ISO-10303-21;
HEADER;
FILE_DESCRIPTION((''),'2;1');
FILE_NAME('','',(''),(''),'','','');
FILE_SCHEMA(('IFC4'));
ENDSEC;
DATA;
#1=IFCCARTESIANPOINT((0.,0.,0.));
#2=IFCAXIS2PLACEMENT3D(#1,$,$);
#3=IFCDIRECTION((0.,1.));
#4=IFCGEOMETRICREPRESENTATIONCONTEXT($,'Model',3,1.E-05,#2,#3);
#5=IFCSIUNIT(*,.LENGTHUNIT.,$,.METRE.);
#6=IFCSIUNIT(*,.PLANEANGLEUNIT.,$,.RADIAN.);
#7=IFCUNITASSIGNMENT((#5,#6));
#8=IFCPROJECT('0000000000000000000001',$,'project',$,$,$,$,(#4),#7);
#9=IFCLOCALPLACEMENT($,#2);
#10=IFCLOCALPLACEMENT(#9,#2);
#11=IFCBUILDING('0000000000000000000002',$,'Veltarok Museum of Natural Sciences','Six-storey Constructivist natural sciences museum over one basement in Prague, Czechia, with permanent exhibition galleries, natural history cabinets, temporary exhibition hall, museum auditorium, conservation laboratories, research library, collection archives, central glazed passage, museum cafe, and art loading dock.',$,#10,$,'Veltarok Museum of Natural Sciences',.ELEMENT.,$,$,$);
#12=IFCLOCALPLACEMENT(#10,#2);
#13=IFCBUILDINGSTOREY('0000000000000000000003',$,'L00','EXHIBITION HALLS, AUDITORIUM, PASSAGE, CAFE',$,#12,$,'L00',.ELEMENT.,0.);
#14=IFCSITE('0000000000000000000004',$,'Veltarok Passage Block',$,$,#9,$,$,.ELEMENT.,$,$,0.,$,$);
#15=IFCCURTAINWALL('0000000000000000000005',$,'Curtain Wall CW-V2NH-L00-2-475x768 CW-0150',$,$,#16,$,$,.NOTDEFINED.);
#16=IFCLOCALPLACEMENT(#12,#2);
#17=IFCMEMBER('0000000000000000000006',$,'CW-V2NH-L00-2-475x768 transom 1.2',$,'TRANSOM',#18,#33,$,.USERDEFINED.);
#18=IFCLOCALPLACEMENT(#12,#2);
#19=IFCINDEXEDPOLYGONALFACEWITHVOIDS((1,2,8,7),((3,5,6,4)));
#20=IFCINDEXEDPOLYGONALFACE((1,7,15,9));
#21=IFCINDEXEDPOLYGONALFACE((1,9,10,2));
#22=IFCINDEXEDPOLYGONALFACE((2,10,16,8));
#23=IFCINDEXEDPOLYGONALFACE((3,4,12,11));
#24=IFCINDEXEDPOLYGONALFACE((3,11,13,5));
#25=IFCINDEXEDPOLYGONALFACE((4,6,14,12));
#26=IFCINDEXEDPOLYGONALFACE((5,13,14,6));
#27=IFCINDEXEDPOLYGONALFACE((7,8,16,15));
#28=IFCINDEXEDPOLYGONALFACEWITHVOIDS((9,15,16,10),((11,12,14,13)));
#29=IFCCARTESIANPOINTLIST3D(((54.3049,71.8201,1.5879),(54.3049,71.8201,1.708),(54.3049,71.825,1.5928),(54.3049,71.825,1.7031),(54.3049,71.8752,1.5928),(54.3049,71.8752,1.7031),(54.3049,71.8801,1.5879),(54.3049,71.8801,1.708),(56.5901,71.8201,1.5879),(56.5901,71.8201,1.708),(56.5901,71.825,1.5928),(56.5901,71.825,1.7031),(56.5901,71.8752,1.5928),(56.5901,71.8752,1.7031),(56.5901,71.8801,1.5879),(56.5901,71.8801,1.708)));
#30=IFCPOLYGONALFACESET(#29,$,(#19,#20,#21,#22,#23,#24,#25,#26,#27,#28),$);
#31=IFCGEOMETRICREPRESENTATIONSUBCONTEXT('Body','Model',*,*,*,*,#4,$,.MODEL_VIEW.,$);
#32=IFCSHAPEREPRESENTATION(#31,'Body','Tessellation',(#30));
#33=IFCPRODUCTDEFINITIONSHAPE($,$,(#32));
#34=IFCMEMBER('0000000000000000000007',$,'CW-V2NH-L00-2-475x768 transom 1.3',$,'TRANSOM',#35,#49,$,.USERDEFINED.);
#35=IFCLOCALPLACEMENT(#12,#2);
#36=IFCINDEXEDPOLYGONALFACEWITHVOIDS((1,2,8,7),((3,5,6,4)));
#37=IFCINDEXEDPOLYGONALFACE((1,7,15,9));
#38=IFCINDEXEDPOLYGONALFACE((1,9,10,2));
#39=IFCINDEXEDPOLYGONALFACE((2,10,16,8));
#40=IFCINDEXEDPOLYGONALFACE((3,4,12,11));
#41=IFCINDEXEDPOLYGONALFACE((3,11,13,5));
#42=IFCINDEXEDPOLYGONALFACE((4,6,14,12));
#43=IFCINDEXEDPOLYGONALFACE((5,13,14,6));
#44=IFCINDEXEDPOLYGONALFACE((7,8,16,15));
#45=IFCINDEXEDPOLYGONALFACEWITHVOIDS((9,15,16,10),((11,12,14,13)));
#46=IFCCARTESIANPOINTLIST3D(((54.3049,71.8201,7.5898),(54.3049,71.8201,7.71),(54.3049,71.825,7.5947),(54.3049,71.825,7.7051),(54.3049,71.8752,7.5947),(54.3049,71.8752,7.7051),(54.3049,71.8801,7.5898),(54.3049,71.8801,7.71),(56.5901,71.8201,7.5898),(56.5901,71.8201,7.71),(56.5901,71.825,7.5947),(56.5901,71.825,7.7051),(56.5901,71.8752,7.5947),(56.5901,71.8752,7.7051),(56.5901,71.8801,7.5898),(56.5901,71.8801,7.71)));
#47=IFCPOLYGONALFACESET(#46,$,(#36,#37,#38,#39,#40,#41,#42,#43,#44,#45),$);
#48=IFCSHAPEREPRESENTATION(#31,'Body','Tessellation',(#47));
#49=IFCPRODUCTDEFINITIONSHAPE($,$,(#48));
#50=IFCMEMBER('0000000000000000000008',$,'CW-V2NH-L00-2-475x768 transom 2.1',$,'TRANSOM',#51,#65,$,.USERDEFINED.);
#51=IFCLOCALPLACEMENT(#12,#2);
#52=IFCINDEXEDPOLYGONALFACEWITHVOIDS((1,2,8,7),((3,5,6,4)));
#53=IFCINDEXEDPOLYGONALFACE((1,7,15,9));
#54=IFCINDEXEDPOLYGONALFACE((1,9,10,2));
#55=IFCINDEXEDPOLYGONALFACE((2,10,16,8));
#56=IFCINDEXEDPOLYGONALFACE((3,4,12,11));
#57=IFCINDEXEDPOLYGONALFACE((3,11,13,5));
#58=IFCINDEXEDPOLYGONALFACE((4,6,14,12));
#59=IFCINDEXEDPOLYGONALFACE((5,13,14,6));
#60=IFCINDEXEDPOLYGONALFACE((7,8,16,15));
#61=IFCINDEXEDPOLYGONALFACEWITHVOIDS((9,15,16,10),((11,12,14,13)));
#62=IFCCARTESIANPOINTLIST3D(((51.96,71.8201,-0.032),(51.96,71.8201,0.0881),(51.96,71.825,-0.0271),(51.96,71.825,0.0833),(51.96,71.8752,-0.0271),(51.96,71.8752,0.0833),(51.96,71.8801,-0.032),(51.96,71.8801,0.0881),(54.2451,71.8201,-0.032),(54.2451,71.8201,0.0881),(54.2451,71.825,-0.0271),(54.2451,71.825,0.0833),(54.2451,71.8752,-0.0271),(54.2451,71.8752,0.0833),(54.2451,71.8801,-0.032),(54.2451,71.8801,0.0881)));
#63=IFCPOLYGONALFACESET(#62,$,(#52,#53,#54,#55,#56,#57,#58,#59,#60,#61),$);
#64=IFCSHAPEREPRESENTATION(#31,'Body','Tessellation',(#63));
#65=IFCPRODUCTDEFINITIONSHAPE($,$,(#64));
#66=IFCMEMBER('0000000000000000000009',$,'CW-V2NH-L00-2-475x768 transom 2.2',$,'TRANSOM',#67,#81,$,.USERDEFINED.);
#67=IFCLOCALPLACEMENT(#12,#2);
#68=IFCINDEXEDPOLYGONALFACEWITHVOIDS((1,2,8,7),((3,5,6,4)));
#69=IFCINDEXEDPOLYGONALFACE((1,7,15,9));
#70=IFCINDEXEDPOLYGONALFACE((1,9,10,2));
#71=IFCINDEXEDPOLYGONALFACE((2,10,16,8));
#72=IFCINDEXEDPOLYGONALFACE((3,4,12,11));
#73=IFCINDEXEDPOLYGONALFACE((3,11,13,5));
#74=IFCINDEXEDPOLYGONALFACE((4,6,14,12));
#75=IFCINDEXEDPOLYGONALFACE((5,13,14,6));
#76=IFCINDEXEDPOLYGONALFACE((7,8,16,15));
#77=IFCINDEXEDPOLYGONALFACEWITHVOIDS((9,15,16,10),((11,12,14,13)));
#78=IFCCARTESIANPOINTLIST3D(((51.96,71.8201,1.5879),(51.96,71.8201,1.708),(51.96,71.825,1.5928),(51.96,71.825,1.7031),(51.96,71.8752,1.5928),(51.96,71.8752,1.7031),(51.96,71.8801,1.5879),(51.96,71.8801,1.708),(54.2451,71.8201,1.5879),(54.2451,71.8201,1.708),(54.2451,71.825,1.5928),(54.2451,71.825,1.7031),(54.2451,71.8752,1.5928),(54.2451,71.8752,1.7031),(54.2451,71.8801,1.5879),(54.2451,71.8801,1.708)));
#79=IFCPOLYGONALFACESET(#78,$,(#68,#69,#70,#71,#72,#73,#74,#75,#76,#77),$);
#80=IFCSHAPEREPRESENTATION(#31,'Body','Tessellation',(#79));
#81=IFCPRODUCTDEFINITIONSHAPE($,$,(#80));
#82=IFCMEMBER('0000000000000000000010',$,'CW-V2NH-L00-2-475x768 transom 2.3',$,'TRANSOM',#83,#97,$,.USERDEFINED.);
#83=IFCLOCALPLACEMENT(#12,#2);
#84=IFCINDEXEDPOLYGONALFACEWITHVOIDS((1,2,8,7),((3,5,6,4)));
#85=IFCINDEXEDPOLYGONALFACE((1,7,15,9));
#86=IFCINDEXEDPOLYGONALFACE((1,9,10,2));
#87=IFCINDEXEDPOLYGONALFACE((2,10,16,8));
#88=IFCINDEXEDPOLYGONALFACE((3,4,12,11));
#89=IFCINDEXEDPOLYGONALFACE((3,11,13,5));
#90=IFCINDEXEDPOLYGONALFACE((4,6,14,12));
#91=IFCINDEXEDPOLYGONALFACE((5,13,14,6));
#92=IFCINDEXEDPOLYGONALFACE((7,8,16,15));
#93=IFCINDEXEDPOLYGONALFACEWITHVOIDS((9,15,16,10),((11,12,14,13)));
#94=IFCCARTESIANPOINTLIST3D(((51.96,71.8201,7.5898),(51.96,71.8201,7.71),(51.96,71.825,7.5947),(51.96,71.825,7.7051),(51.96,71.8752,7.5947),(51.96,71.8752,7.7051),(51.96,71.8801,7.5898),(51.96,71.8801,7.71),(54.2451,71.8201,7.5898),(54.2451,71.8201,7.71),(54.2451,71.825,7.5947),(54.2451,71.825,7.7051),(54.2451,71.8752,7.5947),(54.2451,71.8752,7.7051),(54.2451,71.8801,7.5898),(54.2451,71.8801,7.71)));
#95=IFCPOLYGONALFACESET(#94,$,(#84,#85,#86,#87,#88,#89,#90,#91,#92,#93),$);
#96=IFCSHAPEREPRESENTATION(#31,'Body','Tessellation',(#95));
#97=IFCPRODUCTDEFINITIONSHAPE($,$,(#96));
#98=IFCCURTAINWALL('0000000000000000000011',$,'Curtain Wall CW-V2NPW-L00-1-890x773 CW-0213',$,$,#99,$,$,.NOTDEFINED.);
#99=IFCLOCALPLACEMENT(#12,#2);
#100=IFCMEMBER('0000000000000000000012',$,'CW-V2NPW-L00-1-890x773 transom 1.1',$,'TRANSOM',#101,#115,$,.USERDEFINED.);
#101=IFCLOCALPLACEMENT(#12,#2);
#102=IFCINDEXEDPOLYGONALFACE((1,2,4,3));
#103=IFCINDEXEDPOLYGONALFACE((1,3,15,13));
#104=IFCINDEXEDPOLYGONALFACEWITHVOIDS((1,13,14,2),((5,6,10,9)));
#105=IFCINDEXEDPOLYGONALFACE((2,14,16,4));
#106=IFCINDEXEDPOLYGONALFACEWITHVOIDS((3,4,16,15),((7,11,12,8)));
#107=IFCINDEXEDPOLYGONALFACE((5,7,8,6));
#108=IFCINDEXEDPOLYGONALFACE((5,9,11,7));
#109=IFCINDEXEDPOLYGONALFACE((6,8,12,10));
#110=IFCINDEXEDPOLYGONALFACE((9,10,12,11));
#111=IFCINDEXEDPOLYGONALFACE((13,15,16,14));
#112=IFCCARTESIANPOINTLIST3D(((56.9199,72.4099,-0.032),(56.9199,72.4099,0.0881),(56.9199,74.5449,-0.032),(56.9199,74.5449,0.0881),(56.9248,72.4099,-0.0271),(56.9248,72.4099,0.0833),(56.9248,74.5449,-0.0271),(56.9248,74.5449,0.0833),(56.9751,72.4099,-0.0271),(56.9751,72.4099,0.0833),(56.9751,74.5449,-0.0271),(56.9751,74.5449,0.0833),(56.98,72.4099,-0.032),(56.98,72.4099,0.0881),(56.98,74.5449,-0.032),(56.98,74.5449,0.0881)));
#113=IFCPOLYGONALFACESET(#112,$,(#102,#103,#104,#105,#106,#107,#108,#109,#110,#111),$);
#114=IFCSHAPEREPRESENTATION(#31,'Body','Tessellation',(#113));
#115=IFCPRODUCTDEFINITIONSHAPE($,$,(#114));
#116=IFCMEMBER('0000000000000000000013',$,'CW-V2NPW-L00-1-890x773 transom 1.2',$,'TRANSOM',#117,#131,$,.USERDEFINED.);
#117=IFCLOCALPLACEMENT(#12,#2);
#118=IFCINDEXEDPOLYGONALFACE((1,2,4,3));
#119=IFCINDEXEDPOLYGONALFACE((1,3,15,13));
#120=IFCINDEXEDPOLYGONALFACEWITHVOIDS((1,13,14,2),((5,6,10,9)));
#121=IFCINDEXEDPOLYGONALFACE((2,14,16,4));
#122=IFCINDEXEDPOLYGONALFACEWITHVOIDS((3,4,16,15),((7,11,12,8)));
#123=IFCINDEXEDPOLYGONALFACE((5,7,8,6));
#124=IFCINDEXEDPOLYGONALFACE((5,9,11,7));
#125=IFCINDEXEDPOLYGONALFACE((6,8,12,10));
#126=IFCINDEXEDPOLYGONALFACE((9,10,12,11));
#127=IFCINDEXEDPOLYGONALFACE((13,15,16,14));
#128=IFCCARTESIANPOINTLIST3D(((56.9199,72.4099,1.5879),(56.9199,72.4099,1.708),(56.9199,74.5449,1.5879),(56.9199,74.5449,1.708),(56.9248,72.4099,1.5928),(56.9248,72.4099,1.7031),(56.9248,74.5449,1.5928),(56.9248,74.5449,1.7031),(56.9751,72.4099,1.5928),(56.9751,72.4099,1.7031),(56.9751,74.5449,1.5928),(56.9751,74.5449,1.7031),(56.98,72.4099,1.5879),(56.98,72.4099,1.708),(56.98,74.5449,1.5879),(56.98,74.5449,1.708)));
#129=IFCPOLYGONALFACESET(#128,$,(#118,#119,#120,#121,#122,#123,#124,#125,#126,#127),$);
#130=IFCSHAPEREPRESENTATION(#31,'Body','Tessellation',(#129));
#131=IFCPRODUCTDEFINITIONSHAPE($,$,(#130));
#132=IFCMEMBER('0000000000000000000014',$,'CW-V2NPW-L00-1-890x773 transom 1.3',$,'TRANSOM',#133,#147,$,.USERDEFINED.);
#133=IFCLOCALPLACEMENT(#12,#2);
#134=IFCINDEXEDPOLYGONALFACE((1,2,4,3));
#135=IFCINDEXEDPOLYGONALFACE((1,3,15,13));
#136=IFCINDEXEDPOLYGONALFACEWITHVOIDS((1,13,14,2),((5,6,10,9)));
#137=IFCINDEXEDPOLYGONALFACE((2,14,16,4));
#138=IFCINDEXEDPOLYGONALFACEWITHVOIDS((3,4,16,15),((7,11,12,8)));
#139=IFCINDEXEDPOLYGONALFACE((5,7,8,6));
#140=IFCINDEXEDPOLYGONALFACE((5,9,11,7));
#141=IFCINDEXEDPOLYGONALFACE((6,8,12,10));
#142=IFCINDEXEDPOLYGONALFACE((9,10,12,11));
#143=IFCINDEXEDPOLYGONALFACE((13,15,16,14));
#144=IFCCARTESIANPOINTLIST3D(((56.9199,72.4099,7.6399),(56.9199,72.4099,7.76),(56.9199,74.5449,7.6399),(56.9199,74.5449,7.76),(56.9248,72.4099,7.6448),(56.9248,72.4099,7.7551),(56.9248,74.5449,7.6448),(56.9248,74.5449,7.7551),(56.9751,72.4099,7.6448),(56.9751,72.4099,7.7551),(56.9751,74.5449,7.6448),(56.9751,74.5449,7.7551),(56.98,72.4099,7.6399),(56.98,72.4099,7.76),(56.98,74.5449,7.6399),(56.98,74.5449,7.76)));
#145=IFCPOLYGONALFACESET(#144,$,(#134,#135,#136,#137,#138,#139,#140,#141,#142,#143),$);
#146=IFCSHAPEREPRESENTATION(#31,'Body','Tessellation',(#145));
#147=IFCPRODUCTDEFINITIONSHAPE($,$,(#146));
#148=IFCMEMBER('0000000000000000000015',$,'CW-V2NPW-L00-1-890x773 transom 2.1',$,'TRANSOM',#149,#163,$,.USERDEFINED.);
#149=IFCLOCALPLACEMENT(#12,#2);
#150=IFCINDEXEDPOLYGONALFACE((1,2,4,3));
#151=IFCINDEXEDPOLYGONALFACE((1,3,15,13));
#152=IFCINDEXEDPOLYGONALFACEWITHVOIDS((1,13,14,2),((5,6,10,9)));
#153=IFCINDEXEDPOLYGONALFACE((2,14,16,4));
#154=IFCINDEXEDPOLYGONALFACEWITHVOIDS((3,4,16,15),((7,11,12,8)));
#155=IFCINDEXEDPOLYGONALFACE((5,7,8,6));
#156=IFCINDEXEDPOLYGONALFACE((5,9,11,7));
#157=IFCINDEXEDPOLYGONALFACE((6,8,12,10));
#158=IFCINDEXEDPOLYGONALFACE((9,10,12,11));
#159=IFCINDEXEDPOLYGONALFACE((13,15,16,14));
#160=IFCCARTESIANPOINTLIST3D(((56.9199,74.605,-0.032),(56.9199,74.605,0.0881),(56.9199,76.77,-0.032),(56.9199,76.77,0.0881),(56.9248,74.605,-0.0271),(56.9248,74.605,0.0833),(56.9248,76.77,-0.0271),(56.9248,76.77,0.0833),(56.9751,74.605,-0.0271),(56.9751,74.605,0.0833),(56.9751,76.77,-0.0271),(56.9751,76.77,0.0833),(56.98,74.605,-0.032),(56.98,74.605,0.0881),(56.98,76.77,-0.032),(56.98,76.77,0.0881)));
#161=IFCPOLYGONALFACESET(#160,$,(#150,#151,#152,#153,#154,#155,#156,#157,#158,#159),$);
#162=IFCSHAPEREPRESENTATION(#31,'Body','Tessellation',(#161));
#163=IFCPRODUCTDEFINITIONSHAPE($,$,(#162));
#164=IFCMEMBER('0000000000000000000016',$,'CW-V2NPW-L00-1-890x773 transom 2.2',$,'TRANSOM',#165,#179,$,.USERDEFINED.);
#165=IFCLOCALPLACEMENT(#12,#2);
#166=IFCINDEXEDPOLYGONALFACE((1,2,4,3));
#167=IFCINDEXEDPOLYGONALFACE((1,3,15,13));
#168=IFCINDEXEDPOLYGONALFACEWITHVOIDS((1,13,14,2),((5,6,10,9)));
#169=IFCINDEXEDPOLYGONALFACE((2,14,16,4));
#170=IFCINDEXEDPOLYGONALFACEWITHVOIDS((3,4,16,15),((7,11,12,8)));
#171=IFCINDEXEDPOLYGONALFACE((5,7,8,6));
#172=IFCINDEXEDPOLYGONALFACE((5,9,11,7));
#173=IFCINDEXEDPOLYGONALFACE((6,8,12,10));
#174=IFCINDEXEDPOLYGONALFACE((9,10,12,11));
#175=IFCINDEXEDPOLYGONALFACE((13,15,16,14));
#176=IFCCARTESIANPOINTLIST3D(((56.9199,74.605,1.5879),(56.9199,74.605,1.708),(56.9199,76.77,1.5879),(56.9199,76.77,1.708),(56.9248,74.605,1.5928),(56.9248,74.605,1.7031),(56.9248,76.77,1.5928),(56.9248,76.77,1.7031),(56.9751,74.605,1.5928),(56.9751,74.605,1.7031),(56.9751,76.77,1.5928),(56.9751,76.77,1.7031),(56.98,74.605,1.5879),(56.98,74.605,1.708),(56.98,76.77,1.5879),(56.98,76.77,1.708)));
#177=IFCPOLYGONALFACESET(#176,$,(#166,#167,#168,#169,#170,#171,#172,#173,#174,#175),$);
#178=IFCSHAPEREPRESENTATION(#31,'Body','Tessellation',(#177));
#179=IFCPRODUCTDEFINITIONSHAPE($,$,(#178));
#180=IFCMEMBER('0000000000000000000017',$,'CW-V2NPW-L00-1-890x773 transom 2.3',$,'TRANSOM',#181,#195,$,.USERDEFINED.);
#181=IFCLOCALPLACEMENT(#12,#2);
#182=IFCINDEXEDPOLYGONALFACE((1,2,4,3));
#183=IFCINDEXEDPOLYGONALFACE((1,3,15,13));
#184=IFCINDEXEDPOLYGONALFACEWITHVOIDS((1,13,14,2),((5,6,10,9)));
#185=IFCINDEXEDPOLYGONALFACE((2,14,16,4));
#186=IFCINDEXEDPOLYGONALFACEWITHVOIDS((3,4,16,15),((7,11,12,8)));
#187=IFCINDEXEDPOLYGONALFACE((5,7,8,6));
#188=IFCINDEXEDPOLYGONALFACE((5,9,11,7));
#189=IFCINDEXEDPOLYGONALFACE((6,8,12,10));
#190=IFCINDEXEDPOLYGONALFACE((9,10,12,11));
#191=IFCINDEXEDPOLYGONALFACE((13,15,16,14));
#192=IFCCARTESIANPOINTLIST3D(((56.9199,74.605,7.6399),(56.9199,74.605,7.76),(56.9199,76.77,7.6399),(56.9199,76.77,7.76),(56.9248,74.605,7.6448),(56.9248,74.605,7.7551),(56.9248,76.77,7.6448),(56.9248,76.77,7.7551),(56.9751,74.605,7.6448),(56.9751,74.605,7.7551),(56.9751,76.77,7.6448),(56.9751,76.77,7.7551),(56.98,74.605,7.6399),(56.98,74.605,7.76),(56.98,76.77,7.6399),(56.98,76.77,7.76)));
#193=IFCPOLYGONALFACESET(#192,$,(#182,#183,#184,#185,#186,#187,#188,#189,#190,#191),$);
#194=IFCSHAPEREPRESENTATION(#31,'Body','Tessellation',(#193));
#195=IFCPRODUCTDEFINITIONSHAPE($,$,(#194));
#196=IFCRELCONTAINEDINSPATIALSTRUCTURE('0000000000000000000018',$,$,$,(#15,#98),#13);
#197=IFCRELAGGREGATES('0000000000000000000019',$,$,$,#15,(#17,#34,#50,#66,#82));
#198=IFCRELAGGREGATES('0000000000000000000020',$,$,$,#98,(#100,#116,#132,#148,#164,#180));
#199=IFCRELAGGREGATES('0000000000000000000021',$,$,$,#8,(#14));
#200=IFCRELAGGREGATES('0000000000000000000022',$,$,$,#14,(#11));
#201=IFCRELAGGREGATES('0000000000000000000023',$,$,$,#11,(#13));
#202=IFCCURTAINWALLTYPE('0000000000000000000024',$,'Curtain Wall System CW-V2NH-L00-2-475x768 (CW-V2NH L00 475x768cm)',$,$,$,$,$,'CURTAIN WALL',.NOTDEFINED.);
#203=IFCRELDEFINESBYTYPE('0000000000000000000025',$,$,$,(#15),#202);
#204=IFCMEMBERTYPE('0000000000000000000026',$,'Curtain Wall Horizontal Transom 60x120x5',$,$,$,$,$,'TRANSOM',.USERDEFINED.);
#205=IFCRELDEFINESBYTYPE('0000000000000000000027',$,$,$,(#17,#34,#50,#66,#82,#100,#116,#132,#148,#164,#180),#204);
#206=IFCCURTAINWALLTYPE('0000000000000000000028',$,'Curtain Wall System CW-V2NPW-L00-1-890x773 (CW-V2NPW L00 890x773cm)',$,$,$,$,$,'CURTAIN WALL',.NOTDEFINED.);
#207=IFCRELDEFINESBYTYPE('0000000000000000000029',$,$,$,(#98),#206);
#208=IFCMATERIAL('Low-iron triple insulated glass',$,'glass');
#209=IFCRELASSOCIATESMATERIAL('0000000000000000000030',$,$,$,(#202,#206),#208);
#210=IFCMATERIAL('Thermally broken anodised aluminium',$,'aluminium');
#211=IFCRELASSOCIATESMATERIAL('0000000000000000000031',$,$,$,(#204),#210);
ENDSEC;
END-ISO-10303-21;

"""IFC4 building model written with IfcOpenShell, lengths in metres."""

from ifc_helpers import new_model, si_unit, direction, frame, origin, origin_2d, place, context, subcontext, project, spatial, hollow_rectangle, extrude, material, material_profile, profile_set, type_object, element, aggregate, save


model = new_model("IFC4")

# Units and contexts
model_context = context("Model", 3, precision=1e-05, world=origin(), true_north=direction((0.0, 1.0)))
body_context = subcontext(model_context, "Body", "Model", "MODEL_VIEW")
ifc_project = project(units=[si_unit("LENGTHUNIT", "METRE"), si_unit("PLANEANGLEUNIT", "RADIAN")], contexts=[model_context])

# Site, building, storey
site_placement = place(None, origin())
site = spatial("IfcSite", under=ifc_project, at=site_placement, Name="Veltarok Passage Block", CompositionType="ELEMENT", RefElevation=0.0)
building_placement = place(site_placement, origin())
building = spatial("IfcBuilding", under=site, at=building_placement, Name="Veltarok Museum of Natural Sciences", Description="Six-storey Constructivist natural sciences museum over one basement in Prague, Czechia, with permanent exhibition galleries, natural history cabinets, temporary exhibition hall, museum auditorium, conservation laboratories, research library, collection archives, central glazed passage, museum cafe, and art loading dock.", LongName="Veltarok Museum of Natural Sciences", CompositionType="ELEMENT")
storey_placement = place(building_placement, origin())
storey = spatial("IfcBuildingStorey", under=building, at=storey_placement, Name="L00", Description="EXHIBITION HALLS, AUDITORIUM, PASSAGE, CAFE", LongName="L00", CompositionType="ELEMENT", Elevation=0.0)

# Curtain walls, members
ifc_material_1 = material(Name="Low-iron triple insulated glass", Category="glass")
curtain_wall_type_1 = type_object("IfcCurtainWallType", Name="Curtain Wall System CW-V2NH-L00-2-475x768 (CW-V2NH L00 475x768cm)", ElementType="CURTAIN WALL", PredefinedType="NOTDEFINED", material=ifc_material_1)
curtain_wall_1_placement = place(storey_placement, origin())
curtain_wall_1 = element("IfcCurtainWall", 1, at=curtain_wall_1_placement, inside=storey, type_object=curtain_wall_type_1, Name="Curtain Wall CW-V2NH-L00-2-475x768 CW-0150", PredefinedType="NOTDEFINED")
ifc_material_2 = material(Name="Thermally broken anodised aluminium", Category="aluminium")
ifc_material_profile_1 = material_profile(ifc_material_2, hollow_rectangle(XDim=0.0601, YDim=0.1201, WallThickness=0.0049, at=origin_2d()), Name="CW TRANSOM 60x120x5")
ifc_profile_set_1 = profile_set([ifc_material_profile_1], Name="Thermally broken anodised aluminium")
member_type_1 = type_object("IfcMemberType", Name="Curtain Wall Horizontal Transom 60x120x5", ElementType="TRANSOM", PredefinedType="USERDEFINED", material=ifc_profile_set_1)
member_1_placement = place(storey_placement, frame((56.5901, 71.8501, 1.6479), z_axis=(-1.0, 0.0, 0.0), x_axis=(0.0, -1.0, 0.0)))
member_1 = element("IfcMember", 2, at=member_1_placement, type_object=member_type_1, Name="CW-V2NH-L00-2-475x768 transom 1.2", ObjectType="TRANSOM", PredefinedType="USERDEFINED", context=body_context, shape_type="SweptSolid", body=[
    extrude(hollow_rectangle(XDim=0.0601, YDim=0.1201, WallThickness=0.0049, at=origin_2d()), origin(), (0.0, 0.0, 1.0), 2.2852),
])
member_2_placement = place(storey_placement, frame((56.5901, 71.8501, 7.6499), z_axis=(-1.0, 0.0, 0.0), x_axis=(0.0, -1.0, 0.0)))
member_2 = element("IfcMember", 3, at=member_2_placement, type_object=member_type_1, Name="CW-V2NH-L00-2-475x768 transom 1.3", ObjectType="TRANSOM", PredefinedType="USERDEFINED", context=body_context, shape_type="SweptSolid", body=[
    extrude(hollow_rectangle(XDim=0.0601, YDim=0.1201, WallThickness=0.0049, at=origin_2d()), origin(), (0.0, 0.0, 1.0), 2.2852),
])
member_3_placement = place(storey_placement, frame((54.2451, 71.8501, 0.0281), z_axis=(-1.0, 0.0, 0.0), x_axis=(0.0, -1.0, 0.0)))
member_3 = element("IfcMember", 4, at=member_3_placement, type_object=member_type_1, Name="CW-V2NH-L00-2-475x768 transom 2.1", ObjectType="TRANSOM", PredefinedType="USERDEFINED", context=body_context, shape_type="SweptSolid", body=[
    extrude(hollow_rectangle(XDim=0.0601, YDim=0.1201, WallThickness=0.0049, at=origin_2d()), origin(), (0.0, 0.0, 1.0), 2.2852),
])
member_4_placement = place(storey_placement, frame((54.2451, 71.8501, 1.6479), z_axis=(-1.0, 0.0, 0.0), x_axis=(0.0, -1.0, 0.0)))
member_4 = element("IfcMember", 5, at=member_4_placement, type_object=member_type_1, Name="CW-V2NH-L00-2-475x768 transom 2.2", ObjectType="TRANSOM", PredefinedType="USERDEFINED", context=body_context, shape_type="SweptSolid", body=[
    extrude(hollow_rectangle(XDim=0.0601, YDim=0.1201, WallThickness=0.0049, at=origin_2d()), origin(), (0.0, 0.0, 1.0), 2.2852),
])
member_5_placement = place(storey_placement, frame((54.2451, 71.8501, 7.6499), z_axis=(-1.0, 0.0, 0.0), x_axis=(0.0, -1.0, 0.0)))
member_5 = element("IfcMember", 6, at=member_5_placement, type_object=member_type_1, Name="CW-V2NH-L00-2-475x768 transom 2.3", ObjectType="TRANSOM", PredefinedType="USERDEFINED", context=body_context, shape_type="SweptSolid", body=[
    extrude(hollow_rectangle(XDim=0.0601, YDim=0.1201, WallThickness=0.0049, at=origin_2d()), origin(), (0.0, 0.0, 1.0), 2.2852),
])
curtain_wall_type_2 = type_object("IfcCurtainWallType", Name="Curtain Wall System CW-V2NPW-L00-1-890x773 (CW-V2NPW L00 890x773cm)", ElementType="CURTAIN WALL", PredefinedType="NOTDEFINED", material=ifc_material_1)
curtain_wall_2_placement = place(storey_placement, origin())
curtain_wall_2 = element("IfcCurtainWall", 7, at=curtain_wall_2_placement, inside=storey, type_object=curtain_wall_type_2, Name="Curtain Wall CW-V2NPW-L00-1-890x773 CW-0213", PredefinedType="NOTDEFINED")
member_6_placement = place(storey_placement, frame((56.95, 72.4099, 0.0281), z_axis=(0.0, 1.0, 0.0), x_axis=(-1.0, 0.0, 0.0)))
member_6 = element("IfcMember", 8, at=member_6_placement, type_object=member_type_1, Name="CW-V2NPW-L00-1-890x773 transom 1.1", ObjectType="TRANSOM", PredefinedType="USERDEFINED", context=body_context, shape_type="SweptSolid", body=[
    extrude(hollow_rectangle(XDim=0.0601, YDim=0.1201, WallThickness=0.0049, at=origin_2d()), origin(), (0.0, 0.0, 1.0), 2.135),
])
member_7_placement = place(storey_placement, frame((56.95, 72.4099, 1.6479), z_axis=(0.0, 1.0, 0.0), x_axis=(-1.0, 0.0, 0.0)))
member_7 = element("IfcMember", 9, at=member_7_placement, type_object=member_type_1, Name="CW-V2NPW-L00-1-890x773 transom 1.2", ObjectType="TRANSOM", PredefinedType="USERDEFINED", context=body_context, shape_type="SweptSolid", body=[
    extrude(hollow_rectangle(XDim=0.0601, YDim=0.1201, WallThickness=0.0049, at=origin_2d()), origin(), (0.0, 0.0, 1.0), 2.135),
])
member_8_placement = place(storey_placement, frame((56.95, 72.4099, 7.7), z_axis=(0.0, 1.0, 0.0), x_axis=(-1.0, 0.0, 0.0)))
member_8 = element("IfcMember", 10, at=member_8_placement, type_object=member_type_1, Name="CW-V2NPW-L00-1-890x773 transom 1.3", ObjectType="TRANSOM", PredefinedType="USERDEFINED", context=body_context, shape_type="SweptSolid", body=[
    extrude(hollow_rectangle(XDim=0.0601, YDim=0.1201, WallThickness=0.0049, at=origin_2d()), origin(), (0.0, 0.0, 1.0), 2.135),
])
member_9_placement = place(storey_placement, frame((56.95, 74.605, 0.0281), z_axis=(0.0, 1.0, 0.0), x_axis=(-1.0, 0.0, 0.0)))
member_9 = element("IfcMember", 11, at=member_9_placement, type_object=member_type_1, Name="CW-V2NPW-L00-1-890x773 transom 2.1", ObjectType="TRANSOM", PredefinedType="USERDEFINED", context=body_context, shape_type="SweptSolid", body=[
    extrude(hollow_rectangle(XDim=0.0601, YDim=0.1201, WallThickness=0.0049, at=origin_2d()), origin(), (0.0, 0.0, 1.0), 2.165),
])
member_10_placement = place(storey_placement, frame((56.95, 74.605, 1.6479), z_axis=(0.0, 1.0, 0.0), x_axis=(-1.0, 0.0, 0.0)))
member_10 = element("IfcMember", 12, at=member_10_placement, type_object=member_type_1, Name="CW-V2NPW-L00-1-890x773 transom 2.2", ObjectType="TRANSOM", PredefinedType="USERDEFINED", context=body_context, shape_type="SweptSolid", body=[
    extrude(hollow_rectangle(XDim=0.0601, YDim=0.1201, WallThickness=0.0049, at=origin_2d()), origin(), (0.0, 0.0, 1.0), 2.165),
])
member_11_placement = place(storey_placement, frame((56.95, 74.605, 7.7), z_axis=(0.0, 1.0, 0.0), x_axis=(-1.0, 0.0, 0.0)))
member_11 = element("IfcMember", 13, at=member_11_placement, type_object=member_type_1, Name="CW-V2NPW-L00-1-890x773 transom 2.3", ObjectType="TRANSOM", PredefinedType="USERDEFINED", context=body_context, shape_type="SweptSolid", body=[
    extrude(hollow_rectangle(XDim=0.0601, YDim=0.1201, WallThickness=0.0049, at=origin_2d()), origin(), (0.0, 0.0, 1.0), 2.165),
])

aggregate(curtain_wall_1, [member_1, member_2, member_3, member_4, member_5])
aggregate(curtain_wall_2, [member_6, member_7, member_8, member_9, member_10, member_11])

save(model, "model.ifc")
